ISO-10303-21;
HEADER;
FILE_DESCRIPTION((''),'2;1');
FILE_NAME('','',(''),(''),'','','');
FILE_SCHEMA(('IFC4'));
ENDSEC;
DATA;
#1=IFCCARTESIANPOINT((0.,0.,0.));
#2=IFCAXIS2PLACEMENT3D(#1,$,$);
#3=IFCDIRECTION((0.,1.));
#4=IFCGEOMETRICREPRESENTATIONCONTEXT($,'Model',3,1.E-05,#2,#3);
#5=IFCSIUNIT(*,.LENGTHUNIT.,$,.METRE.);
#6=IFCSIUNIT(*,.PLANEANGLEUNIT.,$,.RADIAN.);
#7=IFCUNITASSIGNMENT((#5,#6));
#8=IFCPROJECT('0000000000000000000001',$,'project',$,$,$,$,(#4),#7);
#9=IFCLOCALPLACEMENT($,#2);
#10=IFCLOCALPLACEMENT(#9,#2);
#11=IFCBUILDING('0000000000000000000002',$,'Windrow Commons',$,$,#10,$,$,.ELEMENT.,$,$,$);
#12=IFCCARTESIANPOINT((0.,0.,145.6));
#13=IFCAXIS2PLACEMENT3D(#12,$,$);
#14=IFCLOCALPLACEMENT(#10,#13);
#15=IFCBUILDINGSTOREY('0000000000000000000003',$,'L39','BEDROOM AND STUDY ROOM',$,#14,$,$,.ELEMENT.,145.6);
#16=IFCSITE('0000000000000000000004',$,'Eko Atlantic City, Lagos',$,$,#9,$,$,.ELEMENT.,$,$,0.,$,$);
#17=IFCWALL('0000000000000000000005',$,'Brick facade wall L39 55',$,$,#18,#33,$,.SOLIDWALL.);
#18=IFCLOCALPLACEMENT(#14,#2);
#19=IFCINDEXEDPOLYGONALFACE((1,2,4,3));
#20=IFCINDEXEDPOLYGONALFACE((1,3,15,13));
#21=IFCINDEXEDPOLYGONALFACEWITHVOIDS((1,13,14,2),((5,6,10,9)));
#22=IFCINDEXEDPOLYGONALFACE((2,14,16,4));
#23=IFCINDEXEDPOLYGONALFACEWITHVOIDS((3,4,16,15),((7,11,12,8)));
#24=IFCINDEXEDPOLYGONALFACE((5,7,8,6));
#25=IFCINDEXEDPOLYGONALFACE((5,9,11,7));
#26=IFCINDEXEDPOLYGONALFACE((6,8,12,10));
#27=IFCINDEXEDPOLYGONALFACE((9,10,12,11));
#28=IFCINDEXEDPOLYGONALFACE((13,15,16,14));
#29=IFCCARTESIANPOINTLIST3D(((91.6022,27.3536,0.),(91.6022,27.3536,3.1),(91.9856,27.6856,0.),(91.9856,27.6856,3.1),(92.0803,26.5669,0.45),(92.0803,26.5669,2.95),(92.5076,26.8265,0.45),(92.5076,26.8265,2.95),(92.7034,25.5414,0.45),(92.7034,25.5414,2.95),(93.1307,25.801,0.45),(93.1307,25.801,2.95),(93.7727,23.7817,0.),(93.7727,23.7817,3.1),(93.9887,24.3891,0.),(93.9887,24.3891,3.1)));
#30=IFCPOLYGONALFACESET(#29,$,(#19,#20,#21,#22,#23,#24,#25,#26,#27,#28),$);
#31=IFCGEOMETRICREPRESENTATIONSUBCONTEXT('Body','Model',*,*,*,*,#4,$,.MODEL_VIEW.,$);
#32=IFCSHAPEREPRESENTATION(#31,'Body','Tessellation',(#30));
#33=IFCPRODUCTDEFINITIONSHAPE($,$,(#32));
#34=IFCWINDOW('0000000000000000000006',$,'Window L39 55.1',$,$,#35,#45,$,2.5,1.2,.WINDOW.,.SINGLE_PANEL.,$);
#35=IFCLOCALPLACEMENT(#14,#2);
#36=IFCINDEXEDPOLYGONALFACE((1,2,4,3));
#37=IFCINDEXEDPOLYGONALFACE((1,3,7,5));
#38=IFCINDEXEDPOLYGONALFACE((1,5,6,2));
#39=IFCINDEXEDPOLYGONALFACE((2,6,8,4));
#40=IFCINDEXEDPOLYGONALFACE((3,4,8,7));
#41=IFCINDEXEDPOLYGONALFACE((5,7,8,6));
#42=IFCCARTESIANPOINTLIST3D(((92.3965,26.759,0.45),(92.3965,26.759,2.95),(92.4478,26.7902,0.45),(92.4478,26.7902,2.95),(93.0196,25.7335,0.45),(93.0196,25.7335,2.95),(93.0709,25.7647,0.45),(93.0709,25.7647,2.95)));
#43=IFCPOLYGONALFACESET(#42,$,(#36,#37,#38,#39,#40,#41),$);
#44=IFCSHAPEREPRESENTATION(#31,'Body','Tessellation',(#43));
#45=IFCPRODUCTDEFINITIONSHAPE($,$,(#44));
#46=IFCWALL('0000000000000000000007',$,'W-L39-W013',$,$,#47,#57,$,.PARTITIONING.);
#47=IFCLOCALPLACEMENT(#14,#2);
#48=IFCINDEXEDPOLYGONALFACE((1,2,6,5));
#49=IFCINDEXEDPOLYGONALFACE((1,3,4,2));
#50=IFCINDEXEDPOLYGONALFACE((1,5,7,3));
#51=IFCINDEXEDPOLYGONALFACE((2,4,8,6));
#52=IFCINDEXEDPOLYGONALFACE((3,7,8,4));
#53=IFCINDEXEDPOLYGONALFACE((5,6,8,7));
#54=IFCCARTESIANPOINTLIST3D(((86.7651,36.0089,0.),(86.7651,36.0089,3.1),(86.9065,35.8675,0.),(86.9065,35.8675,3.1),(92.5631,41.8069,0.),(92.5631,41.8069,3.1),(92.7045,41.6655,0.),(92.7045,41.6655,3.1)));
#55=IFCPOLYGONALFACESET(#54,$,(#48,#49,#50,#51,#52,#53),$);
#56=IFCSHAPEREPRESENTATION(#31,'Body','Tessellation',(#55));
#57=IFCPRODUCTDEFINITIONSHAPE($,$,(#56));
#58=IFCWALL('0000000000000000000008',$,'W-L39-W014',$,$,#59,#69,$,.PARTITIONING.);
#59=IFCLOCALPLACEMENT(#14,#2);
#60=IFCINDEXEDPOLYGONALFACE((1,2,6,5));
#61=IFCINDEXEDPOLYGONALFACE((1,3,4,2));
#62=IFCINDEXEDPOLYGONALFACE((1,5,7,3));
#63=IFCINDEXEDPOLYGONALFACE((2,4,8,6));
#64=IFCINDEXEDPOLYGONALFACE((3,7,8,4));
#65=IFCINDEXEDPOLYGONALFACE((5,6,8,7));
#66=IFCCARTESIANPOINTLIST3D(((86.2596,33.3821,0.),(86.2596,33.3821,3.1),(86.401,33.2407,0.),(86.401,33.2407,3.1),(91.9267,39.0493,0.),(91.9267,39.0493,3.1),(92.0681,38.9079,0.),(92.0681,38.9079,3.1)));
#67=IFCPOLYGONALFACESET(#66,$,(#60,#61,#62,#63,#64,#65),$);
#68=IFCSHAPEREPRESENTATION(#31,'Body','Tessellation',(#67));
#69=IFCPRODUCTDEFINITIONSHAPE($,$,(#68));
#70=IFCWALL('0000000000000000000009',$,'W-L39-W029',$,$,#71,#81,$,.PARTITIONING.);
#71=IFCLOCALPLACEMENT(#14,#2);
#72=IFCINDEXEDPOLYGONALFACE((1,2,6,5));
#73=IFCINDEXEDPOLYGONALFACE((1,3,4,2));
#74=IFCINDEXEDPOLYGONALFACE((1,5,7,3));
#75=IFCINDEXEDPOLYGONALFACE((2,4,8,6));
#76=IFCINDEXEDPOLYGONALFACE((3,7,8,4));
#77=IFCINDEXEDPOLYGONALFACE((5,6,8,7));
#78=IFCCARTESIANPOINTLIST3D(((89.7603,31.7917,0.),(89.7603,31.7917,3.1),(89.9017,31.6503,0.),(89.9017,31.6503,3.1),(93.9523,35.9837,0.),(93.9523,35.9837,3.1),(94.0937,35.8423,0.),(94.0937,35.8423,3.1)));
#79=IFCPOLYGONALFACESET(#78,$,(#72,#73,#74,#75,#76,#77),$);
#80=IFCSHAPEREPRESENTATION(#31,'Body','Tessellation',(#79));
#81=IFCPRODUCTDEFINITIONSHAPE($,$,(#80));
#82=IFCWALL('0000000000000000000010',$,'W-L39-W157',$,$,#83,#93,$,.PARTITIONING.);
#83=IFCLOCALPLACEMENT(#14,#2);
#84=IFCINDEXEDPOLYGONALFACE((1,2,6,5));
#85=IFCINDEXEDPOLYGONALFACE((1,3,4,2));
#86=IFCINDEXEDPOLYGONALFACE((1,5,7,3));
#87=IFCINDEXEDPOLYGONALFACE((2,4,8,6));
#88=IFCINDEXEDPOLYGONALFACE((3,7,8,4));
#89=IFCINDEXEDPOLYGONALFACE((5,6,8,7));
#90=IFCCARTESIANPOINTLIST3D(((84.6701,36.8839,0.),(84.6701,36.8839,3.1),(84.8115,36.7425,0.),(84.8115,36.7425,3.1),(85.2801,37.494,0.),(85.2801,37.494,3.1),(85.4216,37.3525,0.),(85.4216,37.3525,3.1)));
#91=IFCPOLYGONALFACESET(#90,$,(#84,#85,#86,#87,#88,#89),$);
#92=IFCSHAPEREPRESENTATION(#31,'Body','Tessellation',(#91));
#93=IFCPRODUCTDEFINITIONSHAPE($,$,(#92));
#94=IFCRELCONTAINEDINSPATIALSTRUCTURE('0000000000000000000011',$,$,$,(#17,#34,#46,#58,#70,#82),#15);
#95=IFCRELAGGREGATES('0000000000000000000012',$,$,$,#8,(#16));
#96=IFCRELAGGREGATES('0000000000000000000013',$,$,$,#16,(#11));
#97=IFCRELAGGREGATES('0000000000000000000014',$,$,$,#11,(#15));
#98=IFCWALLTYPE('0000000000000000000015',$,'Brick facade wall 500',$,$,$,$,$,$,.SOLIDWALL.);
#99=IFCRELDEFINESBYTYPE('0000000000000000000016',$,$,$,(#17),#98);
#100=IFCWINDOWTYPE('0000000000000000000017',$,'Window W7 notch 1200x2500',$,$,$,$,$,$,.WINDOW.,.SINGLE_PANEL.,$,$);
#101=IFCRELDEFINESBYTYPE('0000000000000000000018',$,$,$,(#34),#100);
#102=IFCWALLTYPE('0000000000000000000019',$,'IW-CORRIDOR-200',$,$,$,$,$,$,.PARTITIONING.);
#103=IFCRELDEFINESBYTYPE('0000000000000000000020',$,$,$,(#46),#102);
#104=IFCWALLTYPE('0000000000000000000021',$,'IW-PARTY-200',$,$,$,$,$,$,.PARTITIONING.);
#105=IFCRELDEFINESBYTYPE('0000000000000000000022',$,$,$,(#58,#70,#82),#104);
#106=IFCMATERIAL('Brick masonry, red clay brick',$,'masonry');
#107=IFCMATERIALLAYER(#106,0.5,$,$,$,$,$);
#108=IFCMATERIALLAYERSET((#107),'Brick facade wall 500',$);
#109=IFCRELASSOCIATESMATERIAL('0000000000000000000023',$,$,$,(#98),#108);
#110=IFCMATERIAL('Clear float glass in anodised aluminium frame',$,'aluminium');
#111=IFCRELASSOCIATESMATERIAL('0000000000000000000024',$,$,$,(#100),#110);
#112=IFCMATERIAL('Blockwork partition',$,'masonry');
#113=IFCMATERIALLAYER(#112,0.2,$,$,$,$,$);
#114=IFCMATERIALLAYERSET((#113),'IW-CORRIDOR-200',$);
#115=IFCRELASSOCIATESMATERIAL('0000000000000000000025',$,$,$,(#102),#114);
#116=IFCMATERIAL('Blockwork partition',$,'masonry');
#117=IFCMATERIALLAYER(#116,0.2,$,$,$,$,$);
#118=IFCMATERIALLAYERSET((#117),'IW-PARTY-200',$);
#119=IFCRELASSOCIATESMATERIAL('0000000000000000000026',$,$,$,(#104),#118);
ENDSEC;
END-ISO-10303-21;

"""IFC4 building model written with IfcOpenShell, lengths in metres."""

from ifc_helpers import new_model, si_unit, direction, frame, frame_2d, origin, place, context, subcontext, project, spatial, polyline, rectangle, outline, extrude, material, layer, layer_set, type_object, element, fill, save


model = new_model("IFC4")

# Units and contexts
model_context = context("Model", 3, precision=1e-05, world=origin(), true_north=direction((0.0, 1.0)))
body_context = subcontext(model_context, "Body", "Model", "MODEL_VIEW")
ifc_project = project(units=[si_unit("LENGTHUNIT", "METRE"), si_unit("PLANEANGLEUNIT", "RADIAN")], contexts=[model_context])

# Site, building, storey
site_placement = place(None, origin())
site = spatial("IfcSite", under=ifc_project, at=site_placement, Name="Eko Atlantic City, Lagos", CompositionType="ELEMENT", RefElevation=0.0)
building_placement = place(site_placement, origin())
building = spatial("IfcBuilding", under=site, at=building_placement, Name="Windrow Commons", CompositionType="ELEMENT")
storey_placement = place(building_placement, frame((0.0, 0.0, 145.6)))
storey = spatial("IfcBuildingStorey", under=building, at=storey_placement, Name="L39", Description="BEDROOM AND STUDY ROOM", CompositionType="ELEMENT", Elevation=145.6)

# Wall, opening, window
ifc_material_1 = material(Name="Brick masonry, red clay brick", Category="masonry")
ifc_layer_1 = layer(ifc_material_1, 0.5)
ifc_layer_set_1 = layer_set([ifc_layer_1], Name="Brick facade wall 500")
wall_type_1 = type_object("IfcWallType", Name="Brick facade wall 500", PredefinedType="SOLIDWALL", material=ifc_layer_set_1)
wall_1_placement = place(storey_placement, frame((91.7939, 27.5196, 0.0), z_axis=(0.0, 0.0, 1.0), x_axis=(0.519296, -0.854594, 0.0)))
wall_1 = element("IfcWall", 1, at=wall_1_placement, inside=storey, type_object=wall_type_1, Name="Brick facade wall L39 55", PredefinedType="SOLIDWALL", context=body_context, shape_type="SweptSolid", body=[
    extrude(outline(polyline([(0.0423, -0.25), (4.222, -0.25), (3.8151, 0.25), (-0.0423, 0.25), (0.0423, -0.25)])), origin(), (0.0, 0.0, 1.0), 3.1),
])
opening_1_placement = place(wall_1_placement, frame((0.9629, 0.0, 0.45)))
opening_1 = element("IfcOpeningElement", 2, at=opening_1_placement, cuts=wall_1, PredefinedType="OPENING", context=body_context, shape_type="SweptSolid", body=[
    extrude(rectangle(XDim=1.2, YDim=2.5, at=frame_2d((0.6, 1.25))), frame((0.0, 0.26, 0.0), z_axis=(0.0, -1.0, 0.0), x_axis=(1.0, 0.0, 0.0)), (0.0, 0.0, 1.0), 0.52),
])
ifc_material_2 = material(Name="Clear float glass in anodised aluminium frame", Category="aluminium")
window_type_1 = type_object("IfcWindowType", Name="Window W7 notch 1200x2500", PartitioningType="SINGLE_PANEL", PredefinedType="WINDOW", material=ifc_material_2)
window_1_placement = place(opening_1_placement, origin())
window_1 = element("IfcWindow", 3, at=window_1_placement, inside=storey, type_object=window_type_1, Name="Window L39 55.1", OverallHeight=2.5, OverallWidth=1.2, PartitioningType="SINGLE_PANEL", PredefinedType="WINDOW", context=body_context, shape_type="SweptSolid", body=[
    extrude(rectangle(XDim=1.2, YDim=2.5, at=frame_2d((0.6, 1.25))), frame((0.0, 0.18, 0.0), z_axis=(0.0, -1.0, 0.0), x_axis=(1.0, 0.0, 0.0)), (0.0, 0.0, 1.0), 0.06),
])
fill(opening_1, window_1)

# Walls
ifc_material_3 = material(Name="Blockwork partition", Category="masonry")
ifc_layer_2 = layer(ifc_material_3, 0.2)
ifc_layer_set_2 = layer_set([ifc_layer_2], Name="IW-CORRIDOR-200")
wall_type_2 = type_object("IfcWallType", Name="IW-CORRIDOR-200", PredefinedType="PARTITIONING", material=ifc_layer_set_2)
wall_2_placement = place(storey_placement, frame((86.8358, 35.9382, 0.0), z_axis=(0.0, 0.0, 1.0), x_axis=(0.707107, 0.707107, 0.0)))
element("IfcWall", 4, at=wall_2_placement, inside=storey, type_object=wall_type_2, Name="W-L39-W013", PredefinedType="PARTITIONING", context=body_context, shape_type="SweptSolid", body=[
    extrude(rectangle(XDim=8.1996, YDim=0.2, at=frame_2d((4.0998, 0.0))), origin(), (0.0, 0.0, 1.0), 3.1),
])
ifc_material_4 = material(Name="Blockwork partition", Category="masonry")
ifc_layer_3 = layer(ifc_material_4, 0.2)
ifc_layer_set_3 = layer_set([ifc_layer_3], Name="IW-PARTY-200")
wall_type_3 = type_object("IfcWallType", Name="IW-PARTY-200", PredefinedType="PARTITIONING", material=ifc_layer_set_3)
wall_3_placement = place(storey_placement, frame((86.3303, 33.3114, 0.0), z_axis=(0.0, 0.0, 1.0), x_axis=(0.707101, 0.707113, 0.0)))
element("IfcWall", 5, at=wall_3_placement, inside=storey, type_object=wall_type_3, Name="W-L39-W014", PredefinedType="PARTITIONING", context=body_context, shape_type="SweptSolid", body=[
    extrude(rectangle(XDim=8.0146, YDim=0.2, at=frame_2d((4.0073, 0.0))), origin(), (0.0, 0.0, 1.0), 3.1),
])
wall_4_placement = place(storey_placement, frame((89.831, 31.721, 0.0), z_axis=(0.0, 0.0, 1.0), x_axis=(0.707107, 0.707107, 0.0)))
element("IfcWall", 6, at=wall_4_placement, inside=storey, type_object=wall_type_3, Name="W-L39-W029", PredefinedType="PARTITIONING", context=body_context, shape_type="SweptSolid", body=[
    extrude(rectangle(XDim=5.9284, YDim=0.2, at=frame_2d((2.9642, 0.0))), origin(), (0.0, 0.0, 1.0), 3.1),
])
wall_5_placement = place(storey_placement, frame((84.7408, 36.8132, 0.0), z_axis=(0.0, 0.0, 1.0), x_axis=(0.707107, 0.707107, 0.0)))
element("IfcWall", 7, at=wall_5_placement, inside=storey, type_object=wall_type_3, Name="W-L39-W157", PredefinedType="PARTITIONING", context=body_context, shape_type="SweptSolid", body=[
    extrude(rectangle(XDim=0.8627, YDim=0.2, at=frame_2d((0.4314, 0.0))), origin(), (0.0, 0.0, 1.0), 3.1),
])

save(model, "model.ifc")
